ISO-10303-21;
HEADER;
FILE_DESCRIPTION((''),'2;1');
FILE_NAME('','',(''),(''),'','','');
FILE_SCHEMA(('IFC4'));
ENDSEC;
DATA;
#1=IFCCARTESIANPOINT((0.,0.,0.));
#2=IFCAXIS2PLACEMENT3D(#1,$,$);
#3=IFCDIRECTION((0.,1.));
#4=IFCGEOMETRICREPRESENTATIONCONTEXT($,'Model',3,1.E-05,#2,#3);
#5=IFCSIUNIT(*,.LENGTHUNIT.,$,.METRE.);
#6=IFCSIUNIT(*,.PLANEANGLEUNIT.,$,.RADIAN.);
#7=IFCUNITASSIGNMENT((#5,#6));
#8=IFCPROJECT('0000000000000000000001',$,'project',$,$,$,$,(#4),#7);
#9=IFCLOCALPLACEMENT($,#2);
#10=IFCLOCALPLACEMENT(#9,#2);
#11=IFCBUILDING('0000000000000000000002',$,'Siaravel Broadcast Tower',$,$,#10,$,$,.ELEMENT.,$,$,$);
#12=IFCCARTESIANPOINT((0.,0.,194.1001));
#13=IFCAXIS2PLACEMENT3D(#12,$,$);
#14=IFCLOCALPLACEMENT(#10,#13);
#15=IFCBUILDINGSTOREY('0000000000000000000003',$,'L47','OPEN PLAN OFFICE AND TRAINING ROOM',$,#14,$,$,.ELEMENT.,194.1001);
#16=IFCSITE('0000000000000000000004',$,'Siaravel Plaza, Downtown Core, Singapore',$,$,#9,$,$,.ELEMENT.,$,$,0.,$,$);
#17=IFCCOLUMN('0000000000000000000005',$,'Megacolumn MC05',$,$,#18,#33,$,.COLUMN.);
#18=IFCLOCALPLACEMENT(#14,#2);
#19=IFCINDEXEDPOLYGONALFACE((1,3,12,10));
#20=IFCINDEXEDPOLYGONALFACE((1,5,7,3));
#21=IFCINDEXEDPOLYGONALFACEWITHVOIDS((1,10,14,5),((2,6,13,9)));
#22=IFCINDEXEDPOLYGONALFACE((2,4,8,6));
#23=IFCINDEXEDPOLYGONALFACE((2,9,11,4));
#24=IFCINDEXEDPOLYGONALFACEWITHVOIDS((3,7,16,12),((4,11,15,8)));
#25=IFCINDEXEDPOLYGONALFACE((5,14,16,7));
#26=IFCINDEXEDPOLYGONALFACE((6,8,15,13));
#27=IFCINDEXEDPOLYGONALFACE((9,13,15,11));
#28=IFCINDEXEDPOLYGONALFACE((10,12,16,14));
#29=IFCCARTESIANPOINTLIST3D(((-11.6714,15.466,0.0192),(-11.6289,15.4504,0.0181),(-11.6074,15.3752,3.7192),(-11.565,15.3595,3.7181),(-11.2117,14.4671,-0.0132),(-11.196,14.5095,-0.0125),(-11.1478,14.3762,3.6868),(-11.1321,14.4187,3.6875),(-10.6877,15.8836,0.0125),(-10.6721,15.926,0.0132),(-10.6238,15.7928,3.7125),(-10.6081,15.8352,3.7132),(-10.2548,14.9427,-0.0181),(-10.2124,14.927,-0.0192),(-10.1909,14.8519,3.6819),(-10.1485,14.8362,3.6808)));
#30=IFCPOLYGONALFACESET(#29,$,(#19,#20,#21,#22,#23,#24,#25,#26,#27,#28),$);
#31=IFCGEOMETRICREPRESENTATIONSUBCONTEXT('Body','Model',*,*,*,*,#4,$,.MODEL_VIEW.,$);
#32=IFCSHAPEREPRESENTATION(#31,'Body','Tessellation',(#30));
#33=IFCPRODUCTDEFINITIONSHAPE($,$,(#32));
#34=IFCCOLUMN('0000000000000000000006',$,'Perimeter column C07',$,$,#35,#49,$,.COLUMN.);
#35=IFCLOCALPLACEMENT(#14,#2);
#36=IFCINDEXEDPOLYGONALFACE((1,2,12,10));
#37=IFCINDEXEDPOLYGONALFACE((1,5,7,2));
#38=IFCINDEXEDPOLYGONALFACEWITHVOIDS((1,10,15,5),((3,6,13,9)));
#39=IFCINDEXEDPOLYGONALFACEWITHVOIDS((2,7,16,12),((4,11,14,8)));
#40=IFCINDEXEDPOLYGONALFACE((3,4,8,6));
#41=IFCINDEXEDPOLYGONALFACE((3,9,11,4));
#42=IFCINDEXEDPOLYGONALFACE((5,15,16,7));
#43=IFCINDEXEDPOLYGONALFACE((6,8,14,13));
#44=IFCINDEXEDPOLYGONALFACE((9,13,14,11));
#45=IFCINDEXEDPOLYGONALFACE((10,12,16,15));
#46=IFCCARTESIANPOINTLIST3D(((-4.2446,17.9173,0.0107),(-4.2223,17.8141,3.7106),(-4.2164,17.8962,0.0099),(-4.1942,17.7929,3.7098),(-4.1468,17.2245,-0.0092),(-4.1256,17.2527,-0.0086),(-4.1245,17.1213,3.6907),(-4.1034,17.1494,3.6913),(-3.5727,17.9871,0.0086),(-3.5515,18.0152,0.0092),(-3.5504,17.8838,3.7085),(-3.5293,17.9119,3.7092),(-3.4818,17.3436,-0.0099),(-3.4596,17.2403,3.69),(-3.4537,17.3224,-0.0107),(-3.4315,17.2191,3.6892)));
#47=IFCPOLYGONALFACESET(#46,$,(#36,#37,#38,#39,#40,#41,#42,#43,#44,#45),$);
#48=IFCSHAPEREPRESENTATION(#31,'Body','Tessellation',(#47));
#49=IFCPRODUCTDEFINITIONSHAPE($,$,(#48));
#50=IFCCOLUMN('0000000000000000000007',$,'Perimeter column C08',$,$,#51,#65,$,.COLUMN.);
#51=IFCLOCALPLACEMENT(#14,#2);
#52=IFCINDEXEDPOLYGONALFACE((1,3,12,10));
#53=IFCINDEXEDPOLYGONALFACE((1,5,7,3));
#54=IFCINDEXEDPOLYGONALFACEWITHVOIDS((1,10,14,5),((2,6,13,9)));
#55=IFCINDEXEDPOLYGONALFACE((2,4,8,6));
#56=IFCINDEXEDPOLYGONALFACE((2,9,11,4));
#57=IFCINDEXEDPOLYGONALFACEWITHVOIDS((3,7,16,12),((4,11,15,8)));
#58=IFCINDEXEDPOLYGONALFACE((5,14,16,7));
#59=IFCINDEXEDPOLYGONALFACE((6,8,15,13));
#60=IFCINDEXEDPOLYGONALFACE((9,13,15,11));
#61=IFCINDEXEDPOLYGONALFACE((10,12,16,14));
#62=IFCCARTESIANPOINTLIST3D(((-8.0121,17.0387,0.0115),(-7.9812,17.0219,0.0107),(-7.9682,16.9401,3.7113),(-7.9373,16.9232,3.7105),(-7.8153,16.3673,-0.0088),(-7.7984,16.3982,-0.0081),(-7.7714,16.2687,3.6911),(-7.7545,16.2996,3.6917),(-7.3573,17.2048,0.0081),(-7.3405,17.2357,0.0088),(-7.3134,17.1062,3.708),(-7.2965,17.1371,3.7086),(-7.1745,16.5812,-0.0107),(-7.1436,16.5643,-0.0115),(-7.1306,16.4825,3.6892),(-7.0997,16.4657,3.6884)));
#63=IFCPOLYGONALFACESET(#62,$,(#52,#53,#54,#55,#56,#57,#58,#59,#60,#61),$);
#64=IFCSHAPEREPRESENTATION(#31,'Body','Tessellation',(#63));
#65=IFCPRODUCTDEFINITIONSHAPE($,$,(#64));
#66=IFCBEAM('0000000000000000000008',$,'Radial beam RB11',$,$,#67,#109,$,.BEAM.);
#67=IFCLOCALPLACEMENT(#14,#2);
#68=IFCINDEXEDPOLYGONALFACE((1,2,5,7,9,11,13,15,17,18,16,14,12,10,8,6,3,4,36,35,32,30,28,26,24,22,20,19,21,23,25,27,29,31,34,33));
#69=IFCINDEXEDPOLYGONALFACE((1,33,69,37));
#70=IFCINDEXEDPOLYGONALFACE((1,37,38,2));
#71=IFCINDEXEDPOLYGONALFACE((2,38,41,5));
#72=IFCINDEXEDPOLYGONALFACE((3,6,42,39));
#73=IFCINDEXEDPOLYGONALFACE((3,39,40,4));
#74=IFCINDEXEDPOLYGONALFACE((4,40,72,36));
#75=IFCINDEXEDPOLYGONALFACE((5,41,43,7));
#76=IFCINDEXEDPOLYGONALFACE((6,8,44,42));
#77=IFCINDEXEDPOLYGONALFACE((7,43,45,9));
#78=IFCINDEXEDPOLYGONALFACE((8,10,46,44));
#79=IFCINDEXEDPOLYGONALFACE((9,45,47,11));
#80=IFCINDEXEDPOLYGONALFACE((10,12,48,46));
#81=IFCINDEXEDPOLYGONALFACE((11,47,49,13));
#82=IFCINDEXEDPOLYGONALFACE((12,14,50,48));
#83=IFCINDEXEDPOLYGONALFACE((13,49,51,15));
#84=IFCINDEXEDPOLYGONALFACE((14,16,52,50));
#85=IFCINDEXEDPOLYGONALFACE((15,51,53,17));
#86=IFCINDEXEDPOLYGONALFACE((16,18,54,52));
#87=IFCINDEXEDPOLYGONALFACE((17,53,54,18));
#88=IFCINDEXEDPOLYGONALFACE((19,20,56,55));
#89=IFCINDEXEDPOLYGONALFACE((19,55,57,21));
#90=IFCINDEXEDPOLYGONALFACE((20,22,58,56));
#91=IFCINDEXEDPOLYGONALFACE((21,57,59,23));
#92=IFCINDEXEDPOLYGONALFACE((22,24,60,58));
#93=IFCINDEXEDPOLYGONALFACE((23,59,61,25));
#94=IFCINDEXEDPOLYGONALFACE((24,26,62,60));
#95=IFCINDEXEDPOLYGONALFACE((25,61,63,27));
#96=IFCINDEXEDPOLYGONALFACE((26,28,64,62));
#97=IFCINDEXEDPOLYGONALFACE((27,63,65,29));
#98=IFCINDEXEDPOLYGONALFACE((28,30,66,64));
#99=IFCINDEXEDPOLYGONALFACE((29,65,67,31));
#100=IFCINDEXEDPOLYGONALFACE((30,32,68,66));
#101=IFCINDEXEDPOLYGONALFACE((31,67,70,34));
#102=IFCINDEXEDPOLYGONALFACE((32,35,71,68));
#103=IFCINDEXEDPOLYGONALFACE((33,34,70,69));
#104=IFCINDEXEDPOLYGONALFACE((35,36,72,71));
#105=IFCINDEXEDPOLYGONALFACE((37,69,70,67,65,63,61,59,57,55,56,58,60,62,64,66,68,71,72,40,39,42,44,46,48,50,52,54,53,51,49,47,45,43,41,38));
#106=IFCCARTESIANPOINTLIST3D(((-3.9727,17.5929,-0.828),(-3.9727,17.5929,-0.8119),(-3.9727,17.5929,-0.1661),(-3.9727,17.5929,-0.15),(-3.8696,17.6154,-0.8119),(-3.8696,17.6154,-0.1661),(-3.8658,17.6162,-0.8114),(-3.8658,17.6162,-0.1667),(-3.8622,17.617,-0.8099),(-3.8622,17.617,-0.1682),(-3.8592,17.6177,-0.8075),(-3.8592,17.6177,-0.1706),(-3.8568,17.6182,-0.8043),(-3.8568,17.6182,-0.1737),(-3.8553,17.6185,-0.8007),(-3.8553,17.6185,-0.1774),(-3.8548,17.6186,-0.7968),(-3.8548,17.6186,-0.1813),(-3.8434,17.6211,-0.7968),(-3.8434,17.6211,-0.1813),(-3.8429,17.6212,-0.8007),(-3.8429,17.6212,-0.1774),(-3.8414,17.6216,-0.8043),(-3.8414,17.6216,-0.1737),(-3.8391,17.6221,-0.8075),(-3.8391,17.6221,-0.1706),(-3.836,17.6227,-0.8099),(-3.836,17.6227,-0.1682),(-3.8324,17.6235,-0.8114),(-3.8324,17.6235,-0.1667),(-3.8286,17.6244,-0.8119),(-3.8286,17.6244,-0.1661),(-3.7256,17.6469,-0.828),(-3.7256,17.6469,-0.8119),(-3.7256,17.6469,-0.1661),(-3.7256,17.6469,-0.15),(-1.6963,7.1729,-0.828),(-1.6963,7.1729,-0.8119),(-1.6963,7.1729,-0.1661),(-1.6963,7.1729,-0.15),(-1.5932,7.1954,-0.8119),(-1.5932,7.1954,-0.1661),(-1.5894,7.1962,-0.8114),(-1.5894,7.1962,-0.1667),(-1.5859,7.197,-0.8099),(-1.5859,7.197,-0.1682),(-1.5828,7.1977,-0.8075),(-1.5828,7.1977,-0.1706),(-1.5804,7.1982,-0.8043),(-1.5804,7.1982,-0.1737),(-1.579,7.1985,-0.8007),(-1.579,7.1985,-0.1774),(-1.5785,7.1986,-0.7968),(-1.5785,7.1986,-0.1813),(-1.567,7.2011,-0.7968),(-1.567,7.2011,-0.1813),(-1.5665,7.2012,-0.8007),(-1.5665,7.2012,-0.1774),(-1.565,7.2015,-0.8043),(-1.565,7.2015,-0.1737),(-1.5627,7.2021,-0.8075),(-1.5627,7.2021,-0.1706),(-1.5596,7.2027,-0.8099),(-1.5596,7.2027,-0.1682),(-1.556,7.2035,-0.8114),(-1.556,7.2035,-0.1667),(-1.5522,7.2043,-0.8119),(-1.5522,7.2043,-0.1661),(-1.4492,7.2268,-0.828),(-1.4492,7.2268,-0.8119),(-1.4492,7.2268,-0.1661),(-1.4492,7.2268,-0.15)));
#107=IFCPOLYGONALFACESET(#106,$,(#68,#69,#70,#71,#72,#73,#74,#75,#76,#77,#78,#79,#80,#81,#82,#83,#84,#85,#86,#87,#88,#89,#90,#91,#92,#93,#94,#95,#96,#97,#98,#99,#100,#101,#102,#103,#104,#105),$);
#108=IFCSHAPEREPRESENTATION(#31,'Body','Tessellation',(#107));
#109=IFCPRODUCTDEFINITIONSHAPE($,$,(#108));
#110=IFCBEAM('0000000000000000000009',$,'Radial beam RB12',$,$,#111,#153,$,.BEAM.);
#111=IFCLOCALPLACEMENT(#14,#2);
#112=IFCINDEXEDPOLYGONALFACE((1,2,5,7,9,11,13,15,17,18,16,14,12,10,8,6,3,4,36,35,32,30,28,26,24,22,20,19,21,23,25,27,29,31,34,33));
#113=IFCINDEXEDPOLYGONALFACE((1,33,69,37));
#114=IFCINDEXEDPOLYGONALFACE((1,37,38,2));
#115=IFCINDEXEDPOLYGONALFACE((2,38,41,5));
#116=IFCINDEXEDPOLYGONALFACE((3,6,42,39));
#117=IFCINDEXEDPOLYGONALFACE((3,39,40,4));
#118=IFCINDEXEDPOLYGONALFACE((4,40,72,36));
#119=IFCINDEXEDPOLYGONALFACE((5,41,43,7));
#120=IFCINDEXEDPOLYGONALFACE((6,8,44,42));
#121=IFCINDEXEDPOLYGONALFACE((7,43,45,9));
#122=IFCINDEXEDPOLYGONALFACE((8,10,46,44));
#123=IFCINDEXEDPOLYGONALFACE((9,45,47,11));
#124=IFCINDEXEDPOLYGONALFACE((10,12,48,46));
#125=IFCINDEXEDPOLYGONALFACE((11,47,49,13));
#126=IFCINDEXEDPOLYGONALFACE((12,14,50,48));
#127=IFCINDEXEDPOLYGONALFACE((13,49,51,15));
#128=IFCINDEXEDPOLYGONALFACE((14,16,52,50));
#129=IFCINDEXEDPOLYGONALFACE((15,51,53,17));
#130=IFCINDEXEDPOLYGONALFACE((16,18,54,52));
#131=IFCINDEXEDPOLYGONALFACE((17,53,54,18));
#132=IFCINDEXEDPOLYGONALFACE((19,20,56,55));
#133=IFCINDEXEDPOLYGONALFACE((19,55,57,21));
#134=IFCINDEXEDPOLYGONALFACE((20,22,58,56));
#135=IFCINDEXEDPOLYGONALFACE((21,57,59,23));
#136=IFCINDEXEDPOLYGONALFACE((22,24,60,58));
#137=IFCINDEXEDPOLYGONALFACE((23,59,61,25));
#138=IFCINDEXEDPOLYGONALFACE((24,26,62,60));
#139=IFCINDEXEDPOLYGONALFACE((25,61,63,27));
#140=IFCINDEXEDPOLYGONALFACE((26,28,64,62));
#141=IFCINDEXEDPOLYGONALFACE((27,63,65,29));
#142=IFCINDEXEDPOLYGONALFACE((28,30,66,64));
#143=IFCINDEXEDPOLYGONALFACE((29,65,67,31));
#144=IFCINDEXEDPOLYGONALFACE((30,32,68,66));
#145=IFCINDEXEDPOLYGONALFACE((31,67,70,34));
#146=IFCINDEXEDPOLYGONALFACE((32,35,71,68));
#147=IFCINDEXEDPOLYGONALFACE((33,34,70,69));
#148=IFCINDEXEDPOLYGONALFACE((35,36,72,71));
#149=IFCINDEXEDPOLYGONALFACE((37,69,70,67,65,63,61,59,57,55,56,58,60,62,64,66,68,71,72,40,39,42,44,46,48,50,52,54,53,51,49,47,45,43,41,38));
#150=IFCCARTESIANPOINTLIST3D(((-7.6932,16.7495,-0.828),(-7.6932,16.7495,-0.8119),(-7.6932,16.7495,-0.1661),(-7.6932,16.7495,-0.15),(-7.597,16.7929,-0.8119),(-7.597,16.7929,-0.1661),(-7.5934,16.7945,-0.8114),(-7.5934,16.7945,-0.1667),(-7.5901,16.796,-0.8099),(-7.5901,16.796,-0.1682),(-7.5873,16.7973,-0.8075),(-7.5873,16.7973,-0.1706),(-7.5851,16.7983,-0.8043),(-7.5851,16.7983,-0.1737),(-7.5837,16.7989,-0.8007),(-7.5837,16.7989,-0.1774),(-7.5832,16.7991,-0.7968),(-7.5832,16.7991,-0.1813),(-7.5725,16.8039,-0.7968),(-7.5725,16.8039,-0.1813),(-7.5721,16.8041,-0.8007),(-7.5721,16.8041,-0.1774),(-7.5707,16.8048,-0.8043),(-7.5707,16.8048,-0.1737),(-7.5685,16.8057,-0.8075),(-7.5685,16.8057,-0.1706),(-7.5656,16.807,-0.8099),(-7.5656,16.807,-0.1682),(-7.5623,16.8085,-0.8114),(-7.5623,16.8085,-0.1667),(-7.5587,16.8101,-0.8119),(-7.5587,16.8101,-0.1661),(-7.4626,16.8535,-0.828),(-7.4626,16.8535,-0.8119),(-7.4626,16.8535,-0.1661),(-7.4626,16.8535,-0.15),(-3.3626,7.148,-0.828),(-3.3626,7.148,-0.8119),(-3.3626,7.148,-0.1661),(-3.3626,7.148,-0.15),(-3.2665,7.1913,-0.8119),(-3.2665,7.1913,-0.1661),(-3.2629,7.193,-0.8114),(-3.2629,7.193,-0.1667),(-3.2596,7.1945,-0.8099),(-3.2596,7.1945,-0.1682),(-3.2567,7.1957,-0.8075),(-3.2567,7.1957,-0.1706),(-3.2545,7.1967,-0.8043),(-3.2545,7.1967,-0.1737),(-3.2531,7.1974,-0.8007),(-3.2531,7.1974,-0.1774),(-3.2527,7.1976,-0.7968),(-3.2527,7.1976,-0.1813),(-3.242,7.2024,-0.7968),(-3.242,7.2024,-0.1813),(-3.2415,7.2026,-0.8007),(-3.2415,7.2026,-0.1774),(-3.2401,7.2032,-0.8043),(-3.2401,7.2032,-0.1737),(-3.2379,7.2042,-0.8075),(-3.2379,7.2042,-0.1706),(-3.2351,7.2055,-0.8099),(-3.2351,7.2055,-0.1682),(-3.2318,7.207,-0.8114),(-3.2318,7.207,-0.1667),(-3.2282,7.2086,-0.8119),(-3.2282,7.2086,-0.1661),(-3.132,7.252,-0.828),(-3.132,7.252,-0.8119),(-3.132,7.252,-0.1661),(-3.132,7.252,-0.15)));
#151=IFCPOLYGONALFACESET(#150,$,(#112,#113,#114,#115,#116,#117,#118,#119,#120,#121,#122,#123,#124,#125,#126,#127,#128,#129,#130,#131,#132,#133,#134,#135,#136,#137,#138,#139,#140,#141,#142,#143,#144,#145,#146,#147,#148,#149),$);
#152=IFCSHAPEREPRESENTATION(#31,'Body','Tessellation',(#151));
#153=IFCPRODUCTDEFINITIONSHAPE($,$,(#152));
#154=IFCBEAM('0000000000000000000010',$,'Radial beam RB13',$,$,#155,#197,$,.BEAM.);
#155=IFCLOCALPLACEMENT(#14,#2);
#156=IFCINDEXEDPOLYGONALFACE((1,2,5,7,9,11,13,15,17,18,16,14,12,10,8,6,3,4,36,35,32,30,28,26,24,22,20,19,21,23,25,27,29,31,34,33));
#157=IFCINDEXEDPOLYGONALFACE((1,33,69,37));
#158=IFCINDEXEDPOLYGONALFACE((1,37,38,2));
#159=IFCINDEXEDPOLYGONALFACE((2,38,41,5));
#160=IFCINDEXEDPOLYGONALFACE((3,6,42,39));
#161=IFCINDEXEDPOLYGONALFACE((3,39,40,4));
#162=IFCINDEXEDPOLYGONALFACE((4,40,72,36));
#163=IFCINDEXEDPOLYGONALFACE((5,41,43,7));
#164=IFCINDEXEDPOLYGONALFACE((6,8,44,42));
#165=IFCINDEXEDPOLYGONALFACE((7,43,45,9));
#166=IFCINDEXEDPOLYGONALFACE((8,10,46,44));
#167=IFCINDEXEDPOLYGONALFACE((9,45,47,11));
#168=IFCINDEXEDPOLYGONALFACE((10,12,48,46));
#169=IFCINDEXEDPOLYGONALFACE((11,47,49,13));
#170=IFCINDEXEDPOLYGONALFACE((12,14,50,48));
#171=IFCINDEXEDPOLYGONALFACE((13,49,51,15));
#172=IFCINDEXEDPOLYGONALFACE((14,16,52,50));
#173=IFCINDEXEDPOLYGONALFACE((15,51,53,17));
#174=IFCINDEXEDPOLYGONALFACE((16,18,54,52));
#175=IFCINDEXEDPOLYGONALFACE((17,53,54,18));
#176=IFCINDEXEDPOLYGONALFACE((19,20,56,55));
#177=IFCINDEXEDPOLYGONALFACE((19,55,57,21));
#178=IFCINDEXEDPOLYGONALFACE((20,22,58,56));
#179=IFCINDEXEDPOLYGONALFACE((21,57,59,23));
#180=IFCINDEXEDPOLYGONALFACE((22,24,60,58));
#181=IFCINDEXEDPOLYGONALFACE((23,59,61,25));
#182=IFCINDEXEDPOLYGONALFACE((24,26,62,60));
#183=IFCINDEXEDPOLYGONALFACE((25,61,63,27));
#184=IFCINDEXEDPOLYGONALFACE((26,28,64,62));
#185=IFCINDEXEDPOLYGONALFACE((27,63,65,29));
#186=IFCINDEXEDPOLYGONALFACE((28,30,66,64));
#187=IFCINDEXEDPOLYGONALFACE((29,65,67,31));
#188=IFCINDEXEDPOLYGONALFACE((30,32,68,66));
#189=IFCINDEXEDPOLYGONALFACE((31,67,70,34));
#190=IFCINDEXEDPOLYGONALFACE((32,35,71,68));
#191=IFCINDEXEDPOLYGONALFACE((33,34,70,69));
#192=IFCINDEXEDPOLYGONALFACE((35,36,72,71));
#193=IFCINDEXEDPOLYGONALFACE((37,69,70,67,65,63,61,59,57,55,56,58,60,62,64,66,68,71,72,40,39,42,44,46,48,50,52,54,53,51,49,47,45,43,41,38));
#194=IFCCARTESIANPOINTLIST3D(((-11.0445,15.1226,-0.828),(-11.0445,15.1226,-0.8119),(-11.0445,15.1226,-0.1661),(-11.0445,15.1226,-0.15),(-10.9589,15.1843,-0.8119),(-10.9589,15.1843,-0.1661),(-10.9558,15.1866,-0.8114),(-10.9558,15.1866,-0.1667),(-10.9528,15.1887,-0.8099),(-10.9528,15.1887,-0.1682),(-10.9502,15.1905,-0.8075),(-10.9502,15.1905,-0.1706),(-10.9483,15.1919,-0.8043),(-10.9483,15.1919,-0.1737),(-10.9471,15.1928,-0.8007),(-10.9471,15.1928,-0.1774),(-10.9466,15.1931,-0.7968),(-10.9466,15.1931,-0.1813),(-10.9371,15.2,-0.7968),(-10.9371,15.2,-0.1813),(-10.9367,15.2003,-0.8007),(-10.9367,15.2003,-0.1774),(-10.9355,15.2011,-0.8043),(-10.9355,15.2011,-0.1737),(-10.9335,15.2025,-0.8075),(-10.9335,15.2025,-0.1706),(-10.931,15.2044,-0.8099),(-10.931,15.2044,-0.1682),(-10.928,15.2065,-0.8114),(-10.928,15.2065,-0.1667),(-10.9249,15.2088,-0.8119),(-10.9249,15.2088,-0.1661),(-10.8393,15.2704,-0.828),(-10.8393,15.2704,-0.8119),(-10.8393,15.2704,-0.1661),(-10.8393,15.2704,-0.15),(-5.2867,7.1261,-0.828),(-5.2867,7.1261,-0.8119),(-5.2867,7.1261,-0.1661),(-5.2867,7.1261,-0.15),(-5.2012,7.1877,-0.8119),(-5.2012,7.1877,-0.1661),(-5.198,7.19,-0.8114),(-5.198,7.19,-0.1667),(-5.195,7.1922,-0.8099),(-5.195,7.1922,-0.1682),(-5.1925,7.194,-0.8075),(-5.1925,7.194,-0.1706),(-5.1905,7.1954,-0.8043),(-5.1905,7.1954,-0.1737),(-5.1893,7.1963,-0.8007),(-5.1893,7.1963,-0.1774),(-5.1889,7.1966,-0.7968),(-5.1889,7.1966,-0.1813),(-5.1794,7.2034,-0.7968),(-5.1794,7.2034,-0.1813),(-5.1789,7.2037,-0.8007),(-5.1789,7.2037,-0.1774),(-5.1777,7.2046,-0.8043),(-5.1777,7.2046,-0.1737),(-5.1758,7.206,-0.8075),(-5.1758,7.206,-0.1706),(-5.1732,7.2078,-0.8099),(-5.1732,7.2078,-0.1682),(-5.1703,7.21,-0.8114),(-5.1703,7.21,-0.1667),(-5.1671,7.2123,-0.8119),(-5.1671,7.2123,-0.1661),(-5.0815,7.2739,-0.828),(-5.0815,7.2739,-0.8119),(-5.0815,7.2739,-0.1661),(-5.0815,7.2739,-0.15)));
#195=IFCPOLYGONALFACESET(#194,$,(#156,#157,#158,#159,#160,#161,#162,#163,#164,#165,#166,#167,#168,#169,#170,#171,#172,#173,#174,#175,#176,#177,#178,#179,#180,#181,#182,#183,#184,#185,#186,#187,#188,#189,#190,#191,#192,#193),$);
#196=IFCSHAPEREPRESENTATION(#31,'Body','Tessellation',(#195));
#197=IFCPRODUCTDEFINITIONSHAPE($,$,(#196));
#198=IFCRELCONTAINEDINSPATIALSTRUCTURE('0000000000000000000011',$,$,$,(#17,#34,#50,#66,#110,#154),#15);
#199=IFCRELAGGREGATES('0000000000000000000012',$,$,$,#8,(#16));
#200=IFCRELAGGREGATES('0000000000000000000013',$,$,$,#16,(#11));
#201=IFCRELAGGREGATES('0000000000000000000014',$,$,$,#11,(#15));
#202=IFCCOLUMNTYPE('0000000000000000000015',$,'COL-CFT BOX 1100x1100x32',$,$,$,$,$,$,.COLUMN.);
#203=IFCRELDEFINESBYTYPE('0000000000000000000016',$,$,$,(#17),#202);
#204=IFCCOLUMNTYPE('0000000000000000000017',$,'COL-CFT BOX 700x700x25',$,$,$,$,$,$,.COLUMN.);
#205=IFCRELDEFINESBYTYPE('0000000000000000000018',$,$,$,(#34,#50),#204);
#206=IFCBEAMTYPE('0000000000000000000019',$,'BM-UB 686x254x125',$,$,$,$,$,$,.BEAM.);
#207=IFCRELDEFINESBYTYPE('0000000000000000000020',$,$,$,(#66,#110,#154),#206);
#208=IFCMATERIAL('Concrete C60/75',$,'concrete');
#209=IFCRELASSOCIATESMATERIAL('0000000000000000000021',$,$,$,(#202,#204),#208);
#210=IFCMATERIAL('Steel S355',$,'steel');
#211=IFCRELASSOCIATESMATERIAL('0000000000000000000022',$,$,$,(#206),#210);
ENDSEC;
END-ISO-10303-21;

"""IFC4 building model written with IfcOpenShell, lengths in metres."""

from ifc_helpers import new_model, si_unit, direction, frame, origin, origin_2d, place, context, subcontext, project, spatial, hollow_rectangle, i_section, extrude, material, material_profile, profile_set, type_object, element, save


model = new_model("IFC4")

# Units and contexts
model_context = context("Model", 3, precision=1e-05, world=origin(), true_north=direction((0.0, 1.0)))
body_context = subcontext(model_context, "Body", "Model", "MODEL_VIEW")
ifc_project = project(units=[si_unit("LENGTHUNIT", "METRE"), si_unit("PLANEANGLEUNIT", "RADIAN")], contexts=[model_context])

# Site, building, storey
site_placement = place(None, origin())
site = spatial("IfcSite", under=ifc_project, at=site_placement, Name="Siaravel Plaza, Downtown Core, Singapore", CompositionType="ELEMENT", RefElevation=0.0)
building_placement = place(site_placement, origin())
building = spatial("IfcBuilding", under=site, at=building_placement, Name="Siaravel Broadcast Tower", CompositionType="ELEMENT")
storey_placement = place(building_placement, frame((0.0, 0.0, 194.1001)))
storey = spatial("IfcBuildingStorey", under=building, at=storey_placement, Name="L47", Description="OPEN PLAN OFFICE AND TRAINING ROOM", CompositionType="ELEMENT", Elevation=194.1001)

# Columns
ifc_material_1 = material(Name="Concrete C60/75", Category="concrete")
ifc_material_profile_1 = material_profile(ifc_material_1, hollow_rectangle(XDim=1.1001, YDim=1.1001, WallThickness=0.032, at=origin_2d()))
ifc_profile_set_1 = profile_set([ifc_material_profile_1], Name="Concrete C60/75")
column_type_1 = type_object("IfcColumnType", Name="COL-CFT BOX 1100x1100x32", PredefinedType="COLUMN", material=ifc_profile_set_1)
column_placement = place(storey_placement, frame((-10.9419, 15.1965, 0.0), z_axis=(0.01728, -0.024535, 0.99955), x_axis=(0.908373, 0.418125, -0.005441)))
element("IfcColumn", 1, at=column_placement, inside=storey, type_object=column_type_1, Name="Megacolumn MC05", PredefinedType="COLUMN", context=body_context, shape_type="SweptSolid", body=[
    extrude(hollow_rectangle(XDim=1.1001, YDim=1.1001, WallThickness=0.032, at=origin_2d()), origin(), (0.0, 0.0, 1.0), 3.7017),
])
ifc_material_profile_2 = material_profile(ifc_material_1, hollow_rectangle(XDim=0.7, YDim=0.7, WallThickness=0.0249, at=origin_2d()))
ifc_profile_set_2 = profile_set([ifc_material_profile_2], Name="Concrete C60/75")
column_type_2 = type_object("IfcColumnType", Name="COL-CFT BOX 700x700x25", PredefinedType="COLUMN", material=ifc_profile_set_2)
for number, where, z_axis, x_axis, name in (
    (2, (-3.8491, 17.6199, 0.0), (0.006002, -0.0279, 0.999593), (0.990172, 0.139841, -0.002042), "Perimeter column C07"),
    (3, (-7.5779, 16.8015, 0.0), (0.011872, -0.026647, 0.999574), (0.959585, 0.28139, -0.003896), "Perimeter column C08"),
):
    element("IfcColumn", number, at=place(storey_placement, frame(where, z_axis=z_axis, x_axis=x_axis)), inside=storey, type_object=column_type_2, Name=name, PredefinedType="COLUMN", context=body_context, shape_type="SweptSolid", body=[
        extrude(hollow_rectangle(XDim=0.7, YDim=0.7, WallThickness=0.0249, at=origin_2d()), origin(), (0.0, 0.0, 1.0), 3.7014),
    ])

# Beams
ifc_material_2 = material(Name="Steel S355", Category="steel")
ifc_material_profile_3 = material_profile(ifc_material_2, i_section(OverallWidth=0.2529, OverallDepth=0.678, WebThickness=0.0117, FlangeThickness=0.0161, FilletRadius=0.0151, at=origin_2d()))
ifc_profile_set_3 = profile_set([ifc_material_profile_3], Name="Steel S355")
beam_type = type_object("IfcBeamType", Name="BM-UB 686x254x125", PredefinedType="BEAM", material=ifc_profile_set_3)
beam_1_placement = place(storey_placement, frame((-3.8491, 17.6199, -0.489), z_axis=(0.213429, -0.976959, 0.0), x_axis=(0.976959, 0.213429, 0.0)))
element("IfcBeam", 4, at=beam_1_placement, inside=storey, type_object=beam_type, Name="Radial beam RB11", PredefinedType="BEAM", context=body_context, shape_type="SweptSolid", body=[
    extrude(i_section(OverallWidth=0.2529, OverallDepth=0.678, WebThickness=0.0117, FlangeThickness=0.0161, FilletRadius=0.0151, at=origin_2d()), origin(), (0.0, 0.0, 1.0), 10.6658),
])
beam_2_placement = place(storey_placement, frame((-7.5779, 16.8015, -0.489), z_axis=(0.411143, -0.911571, 0.0), x_axis=(0.911571, 0.411143, 0.0)))
element("IfcBeam", 5, at=beam_2_placement, inside=storey, type_object=beam_type, Name="Radial beam RB12", PredefinedType="BEAM", context=body_context, shape_type="SweptSolid", body=[
    extrude(i_section(OverallWidth=0.2529, OverallDepth=0.678, WebThickness=0.0117, FlangeThickness=0.0161, FilletRadius=0.0151, at=origin_2d()), origin(), (0.0, 0.0, 1.0), 10.533),
])
beam_3_placement = place(storey_placement, frame((-10.9419, 15.1965, -0.489), z_axis=(0.584323, -0.811521, 0.0), x_axis=(0.811521, 0.584323, 0.0)))
element("IfcBeam", 6, at=beam_3_placement, inside=storey, type_object=beam_type, Name="Radial beam RB13", PredefinedType="BEAM", context=body_context, shape_type="SweptSolid", body=[
    extrude(i_section(OverallWidth=0.2529, OverallDepth=0.678, WebThickness=0.0117, FlangeThickness=0.0161, FilletRadius=0.0151, at=origin_2d()), origin(), (0.0, 0.0, 1.0), 9.8538),
])

save(model, "model.ifc")
